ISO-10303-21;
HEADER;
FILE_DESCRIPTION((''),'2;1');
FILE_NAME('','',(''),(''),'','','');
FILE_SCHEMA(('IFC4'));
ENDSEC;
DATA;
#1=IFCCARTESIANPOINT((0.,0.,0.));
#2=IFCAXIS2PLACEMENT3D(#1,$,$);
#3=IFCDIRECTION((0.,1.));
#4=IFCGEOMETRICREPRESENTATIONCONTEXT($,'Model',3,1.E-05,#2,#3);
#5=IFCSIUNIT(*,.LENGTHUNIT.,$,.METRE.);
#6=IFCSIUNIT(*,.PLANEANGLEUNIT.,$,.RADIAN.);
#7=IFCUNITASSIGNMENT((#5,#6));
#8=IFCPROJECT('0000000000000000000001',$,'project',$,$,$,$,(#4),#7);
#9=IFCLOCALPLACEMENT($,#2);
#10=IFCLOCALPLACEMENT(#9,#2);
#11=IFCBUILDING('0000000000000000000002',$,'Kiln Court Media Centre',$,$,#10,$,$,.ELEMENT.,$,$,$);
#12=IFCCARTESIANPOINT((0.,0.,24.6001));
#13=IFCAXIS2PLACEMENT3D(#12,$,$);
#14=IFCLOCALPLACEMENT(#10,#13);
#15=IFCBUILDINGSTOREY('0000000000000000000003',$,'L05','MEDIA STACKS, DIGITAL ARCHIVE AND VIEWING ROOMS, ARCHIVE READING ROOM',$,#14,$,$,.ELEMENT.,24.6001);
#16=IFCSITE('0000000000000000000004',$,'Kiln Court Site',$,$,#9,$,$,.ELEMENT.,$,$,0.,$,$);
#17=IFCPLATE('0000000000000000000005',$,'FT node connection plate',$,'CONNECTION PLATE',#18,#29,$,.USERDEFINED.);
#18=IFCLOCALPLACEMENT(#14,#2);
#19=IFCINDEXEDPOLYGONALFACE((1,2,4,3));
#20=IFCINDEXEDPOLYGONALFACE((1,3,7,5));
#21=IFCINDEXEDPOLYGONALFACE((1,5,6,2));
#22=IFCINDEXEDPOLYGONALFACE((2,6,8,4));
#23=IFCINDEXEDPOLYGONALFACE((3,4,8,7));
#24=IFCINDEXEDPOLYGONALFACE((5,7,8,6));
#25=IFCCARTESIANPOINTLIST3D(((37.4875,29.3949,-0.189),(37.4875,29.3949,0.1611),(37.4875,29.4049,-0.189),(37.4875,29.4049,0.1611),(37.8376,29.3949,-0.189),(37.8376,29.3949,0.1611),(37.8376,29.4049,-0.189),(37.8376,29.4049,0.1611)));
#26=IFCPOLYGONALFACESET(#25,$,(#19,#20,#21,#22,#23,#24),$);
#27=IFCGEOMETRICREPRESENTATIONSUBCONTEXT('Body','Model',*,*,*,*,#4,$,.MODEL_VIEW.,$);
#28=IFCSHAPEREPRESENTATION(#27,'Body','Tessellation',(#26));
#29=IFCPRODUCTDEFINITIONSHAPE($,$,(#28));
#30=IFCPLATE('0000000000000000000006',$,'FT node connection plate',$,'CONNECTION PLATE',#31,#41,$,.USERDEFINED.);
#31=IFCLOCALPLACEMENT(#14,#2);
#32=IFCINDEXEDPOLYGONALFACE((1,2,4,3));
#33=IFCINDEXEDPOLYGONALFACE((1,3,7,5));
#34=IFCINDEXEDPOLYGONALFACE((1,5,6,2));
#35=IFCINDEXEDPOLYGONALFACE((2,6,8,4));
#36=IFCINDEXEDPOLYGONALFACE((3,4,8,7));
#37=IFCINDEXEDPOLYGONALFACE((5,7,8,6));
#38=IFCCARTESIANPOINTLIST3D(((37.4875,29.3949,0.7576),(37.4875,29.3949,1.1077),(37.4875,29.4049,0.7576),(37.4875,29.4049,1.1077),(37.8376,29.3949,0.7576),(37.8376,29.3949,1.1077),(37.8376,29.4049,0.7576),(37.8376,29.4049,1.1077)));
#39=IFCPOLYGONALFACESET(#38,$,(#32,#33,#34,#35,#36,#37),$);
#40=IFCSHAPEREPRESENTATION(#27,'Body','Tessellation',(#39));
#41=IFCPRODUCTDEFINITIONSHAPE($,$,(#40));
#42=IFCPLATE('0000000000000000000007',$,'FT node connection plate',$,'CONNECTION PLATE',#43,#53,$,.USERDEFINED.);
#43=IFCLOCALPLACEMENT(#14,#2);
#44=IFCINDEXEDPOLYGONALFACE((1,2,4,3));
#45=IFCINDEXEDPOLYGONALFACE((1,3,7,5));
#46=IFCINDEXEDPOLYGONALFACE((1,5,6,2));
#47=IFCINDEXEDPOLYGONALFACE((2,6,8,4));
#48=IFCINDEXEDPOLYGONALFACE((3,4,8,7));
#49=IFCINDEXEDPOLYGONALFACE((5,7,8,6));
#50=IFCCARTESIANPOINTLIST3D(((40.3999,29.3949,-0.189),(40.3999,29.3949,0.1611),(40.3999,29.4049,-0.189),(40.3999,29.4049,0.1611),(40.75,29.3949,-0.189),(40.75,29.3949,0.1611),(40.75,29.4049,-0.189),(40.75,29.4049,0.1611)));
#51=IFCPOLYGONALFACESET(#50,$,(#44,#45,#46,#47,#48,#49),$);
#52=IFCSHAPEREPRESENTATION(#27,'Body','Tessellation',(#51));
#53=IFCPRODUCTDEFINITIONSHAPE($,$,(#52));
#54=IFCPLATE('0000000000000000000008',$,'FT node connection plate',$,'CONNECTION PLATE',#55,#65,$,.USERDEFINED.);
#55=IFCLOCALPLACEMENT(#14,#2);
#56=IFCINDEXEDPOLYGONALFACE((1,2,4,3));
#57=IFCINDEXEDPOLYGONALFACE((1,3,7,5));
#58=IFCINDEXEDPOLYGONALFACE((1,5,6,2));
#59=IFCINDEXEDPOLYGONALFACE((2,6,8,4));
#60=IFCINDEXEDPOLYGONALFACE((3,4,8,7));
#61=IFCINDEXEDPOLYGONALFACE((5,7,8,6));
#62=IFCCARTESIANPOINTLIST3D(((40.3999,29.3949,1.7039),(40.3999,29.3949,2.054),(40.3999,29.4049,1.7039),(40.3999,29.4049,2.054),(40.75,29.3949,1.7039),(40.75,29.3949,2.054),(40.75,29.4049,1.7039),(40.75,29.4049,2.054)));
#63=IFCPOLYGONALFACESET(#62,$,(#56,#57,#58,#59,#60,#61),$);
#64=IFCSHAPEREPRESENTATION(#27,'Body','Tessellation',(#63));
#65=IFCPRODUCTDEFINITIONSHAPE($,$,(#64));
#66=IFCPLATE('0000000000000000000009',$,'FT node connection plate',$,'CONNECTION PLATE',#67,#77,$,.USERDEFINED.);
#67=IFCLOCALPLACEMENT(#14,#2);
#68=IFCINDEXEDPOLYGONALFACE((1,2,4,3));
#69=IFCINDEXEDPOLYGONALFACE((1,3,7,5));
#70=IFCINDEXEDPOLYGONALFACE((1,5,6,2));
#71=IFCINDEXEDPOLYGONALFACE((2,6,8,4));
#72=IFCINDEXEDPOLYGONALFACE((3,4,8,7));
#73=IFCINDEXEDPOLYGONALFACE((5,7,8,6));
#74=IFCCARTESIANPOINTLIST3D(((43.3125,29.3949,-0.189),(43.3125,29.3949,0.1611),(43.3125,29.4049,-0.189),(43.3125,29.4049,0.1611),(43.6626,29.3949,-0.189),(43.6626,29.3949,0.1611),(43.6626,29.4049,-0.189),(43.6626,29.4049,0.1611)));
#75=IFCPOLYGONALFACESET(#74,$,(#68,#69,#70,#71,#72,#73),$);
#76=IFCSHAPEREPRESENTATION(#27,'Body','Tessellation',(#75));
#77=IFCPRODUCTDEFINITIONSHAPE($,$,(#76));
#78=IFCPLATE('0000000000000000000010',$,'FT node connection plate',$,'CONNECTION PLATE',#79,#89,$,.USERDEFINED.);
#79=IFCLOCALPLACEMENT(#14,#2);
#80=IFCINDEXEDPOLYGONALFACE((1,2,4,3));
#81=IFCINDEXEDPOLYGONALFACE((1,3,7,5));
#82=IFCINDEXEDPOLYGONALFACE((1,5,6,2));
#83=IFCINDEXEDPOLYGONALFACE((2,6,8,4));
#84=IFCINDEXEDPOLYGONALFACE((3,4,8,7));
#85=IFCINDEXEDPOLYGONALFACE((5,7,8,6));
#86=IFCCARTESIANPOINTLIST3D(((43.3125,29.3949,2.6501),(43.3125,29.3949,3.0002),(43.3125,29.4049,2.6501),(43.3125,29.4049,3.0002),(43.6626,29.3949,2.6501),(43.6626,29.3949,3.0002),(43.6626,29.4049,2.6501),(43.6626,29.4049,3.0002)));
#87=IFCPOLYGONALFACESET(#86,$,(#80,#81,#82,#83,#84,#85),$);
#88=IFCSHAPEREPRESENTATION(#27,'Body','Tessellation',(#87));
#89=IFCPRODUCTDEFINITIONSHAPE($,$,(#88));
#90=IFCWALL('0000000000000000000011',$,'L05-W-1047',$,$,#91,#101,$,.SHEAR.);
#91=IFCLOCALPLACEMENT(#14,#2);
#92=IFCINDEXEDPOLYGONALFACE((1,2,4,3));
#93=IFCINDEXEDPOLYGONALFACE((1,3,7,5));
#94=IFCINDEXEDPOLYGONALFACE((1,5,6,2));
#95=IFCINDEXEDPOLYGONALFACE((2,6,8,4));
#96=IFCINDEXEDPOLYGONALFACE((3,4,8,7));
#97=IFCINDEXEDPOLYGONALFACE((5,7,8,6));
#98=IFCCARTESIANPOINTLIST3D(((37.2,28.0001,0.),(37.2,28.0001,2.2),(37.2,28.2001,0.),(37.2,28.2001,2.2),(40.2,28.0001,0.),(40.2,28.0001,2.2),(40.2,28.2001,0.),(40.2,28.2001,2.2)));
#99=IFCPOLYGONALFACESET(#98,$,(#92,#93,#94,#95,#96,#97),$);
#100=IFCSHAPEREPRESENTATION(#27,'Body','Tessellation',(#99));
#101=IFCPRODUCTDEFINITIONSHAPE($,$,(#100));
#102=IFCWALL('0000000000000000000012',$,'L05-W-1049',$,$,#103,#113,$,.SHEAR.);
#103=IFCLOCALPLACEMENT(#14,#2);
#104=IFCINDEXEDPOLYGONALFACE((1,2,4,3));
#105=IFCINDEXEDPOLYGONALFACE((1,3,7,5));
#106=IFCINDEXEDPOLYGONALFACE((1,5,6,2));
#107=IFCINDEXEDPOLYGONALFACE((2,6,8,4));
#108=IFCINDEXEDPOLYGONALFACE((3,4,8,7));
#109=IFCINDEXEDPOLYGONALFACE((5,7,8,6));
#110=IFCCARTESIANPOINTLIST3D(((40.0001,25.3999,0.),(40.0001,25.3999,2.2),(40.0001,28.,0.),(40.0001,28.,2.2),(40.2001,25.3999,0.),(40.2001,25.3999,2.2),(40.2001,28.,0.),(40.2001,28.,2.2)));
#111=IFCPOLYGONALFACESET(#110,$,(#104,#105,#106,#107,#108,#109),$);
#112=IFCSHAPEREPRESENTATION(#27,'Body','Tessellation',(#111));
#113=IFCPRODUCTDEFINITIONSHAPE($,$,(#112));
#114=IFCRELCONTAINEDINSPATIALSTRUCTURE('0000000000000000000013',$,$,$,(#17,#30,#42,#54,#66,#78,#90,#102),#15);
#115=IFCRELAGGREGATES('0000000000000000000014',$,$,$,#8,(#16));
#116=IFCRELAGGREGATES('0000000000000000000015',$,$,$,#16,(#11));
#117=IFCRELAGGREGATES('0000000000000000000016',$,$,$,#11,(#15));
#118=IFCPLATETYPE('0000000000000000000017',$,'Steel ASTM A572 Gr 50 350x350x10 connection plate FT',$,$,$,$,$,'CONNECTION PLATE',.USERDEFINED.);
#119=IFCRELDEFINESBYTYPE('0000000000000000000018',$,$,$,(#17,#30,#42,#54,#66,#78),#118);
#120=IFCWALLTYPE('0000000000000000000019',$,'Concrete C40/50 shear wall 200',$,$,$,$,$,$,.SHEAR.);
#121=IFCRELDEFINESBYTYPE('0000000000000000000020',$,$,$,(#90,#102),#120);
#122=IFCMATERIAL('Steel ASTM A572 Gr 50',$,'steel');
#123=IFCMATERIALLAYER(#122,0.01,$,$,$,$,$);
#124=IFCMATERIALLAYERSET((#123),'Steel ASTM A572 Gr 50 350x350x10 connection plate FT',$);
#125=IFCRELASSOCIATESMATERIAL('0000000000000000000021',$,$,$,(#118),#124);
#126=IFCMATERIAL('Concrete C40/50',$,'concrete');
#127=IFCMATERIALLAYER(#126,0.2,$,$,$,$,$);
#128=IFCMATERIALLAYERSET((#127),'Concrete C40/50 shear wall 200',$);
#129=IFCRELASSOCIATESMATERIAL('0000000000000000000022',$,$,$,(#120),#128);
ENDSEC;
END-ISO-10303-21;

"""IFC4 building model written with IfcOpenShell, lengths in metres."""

from ifc_helpers import new_model, si_unit, direction, frame, frame_2d, origin, origin_2d, place, context, subcontext, project, spatial, rectangle, extrude, material, layer, layer_set, type_object, element, save


model = new_model("IFC4")

# Units and contexts
model_context = context("Model", 3, precision=1e-05, world=origin(), true_north=direction((0.0, 1.0)))
body_context = subcontext(model_context, "Body", "Model", "MODEL_VIEW")
ifc_project = project(units=[si_unit("LENGTHUNIT", "METRE"), si_unit("PLANEANGLEUNIT", "RADIAN")], contexts=[model_context])

# Site, building, storey
site_placement = place(None, origin())
site = spatial("IfcSite", under=ifc_project, at=site_placement, Name="Kiln Court Site", CompositionType="ELEMENT", RefElevation=0.0)
building_placement = place(site_placement, origin())
building = spatial("IfcBuilding", under=site, at=building_placement, Name="Kiln Court Media Centre", CompositionType="ELEMENT")
storey_placement = place(building_placement, frame((0.0, 0.0, 24.6001)))
storey = spatial("IfcBuildingStorey", under=building, at=storey_placement, Name="L05", Description="MEDIA STACKS, DIGITAL ARCHIVE AND VIEWING ROOMS, ARCHIVE READING ROOM", CompositionType="ELEMENT", Elevation=24.6001)

# Plates
ifc_material_1 = material(Name="Steel ASTM A572 Gr 50", Category="steel")
ifc_layer_1 = layer(ifc_material_1, 0.01)
ifc_layer_set_1 = layer_set([ifc_layer_1], Name="Steel ASTM A572 Gr 50 350x350x10 connection plate FT")
plate_type_1 = type_object("IfcPlateType", Name="Steel ASTM A572 Gr 50 350x350x10 connection plate FT", ElementType="CONNECTION PLATE", PredefinedType="USERDEFINED", material=ifc_layer_set_1)
for number, where, z_axis, x_axis, name in (
    (1, (37.6626, 29.3999, -0.189), (0.0, 0.0, 1.0), (1.0, 0.0, 0.0), "FT node connection plate"),
    (2, (37.6626, 29.3999, 0.7576), (0.0, 0.0, 1.0), (1.0, 0.0, 0.0), "FT node connection plate"),
    (3, (40.575, 29.3999, -0.189), (0.0, 0.0, 1.0), (1.0, 0.0, 0.0), "FT node connection plate"),
    (4, (40.575, 29.3999, 1.7039), (0.0, 0.0, 1.0), (1.0, 0.0, 0.0), "FT node connection plate"),
    (5, (43.4875, 29.3999, -0.189), (0.0, 0.0, 1.0), (1.0, 0.0, 0.0), "FT node connection plate"),
    (6, (43.4875, 29.3999, 2.6501), (0.0, 0.0, 1.0), (1.0, 0.0, 0.0), "FT node connection plate"),
):
    element("IfcPlate", number, at=place(storey_placement, frame(where, z_axis=z_axis, x_axis=x_axis)), inside=storey, type_object=plate_type_1, Name=name, ObjectType="CONNECTION PLATE", PredefinedType="USERDEFINED", context=body_context, shape_type="SweptSolid", body=[
        extrude(rectangle(XDim=0.3501, YDim=0.01, at=origin_2d()), origin(), (0.0, 0.0, 1.0), 0.3501),
    ])

# Walls
ifc_material_2 = material(Name="Concrete C40/50", Category="concrete")
ifc_layer_2 = layer(ifc_material_2, 0.2)
ifc_layer_set_2 = layer_set([ifc_layer_2], Name="Concrete C40/50 shear wall 200")
wall_type = type_object("IfcWallType", Name="Concrete C40/50 shear wall 200", PredefinedType="SHEAR", material=ifc_layer_set_2)
wall_1_placement = place(storey_placement, frame((37.2, 28.1001, 0.0), z_axis=(0.0, 0.0, 1.0), x_axis=(1.0, 0.0, 0.0)))
element("IfcWall", 7, at=wall_1_placement, inside=storey, type_object=wall_type, Name="L05-W-1047", PredefinedType="SHEAR", context=body_context, shape_type="SweptSolid", body=[
    extrude(rectangle(XDim=3.0, YDim=0.2, at=frame_2d((1.5, 0.0))), origin(), (0.0, 0.0, 1.0), 2.2),
])
wall_2_placement = place(storey_placement, frame((40.1001, 28.0, 0.0), z_axis=(0.0, 0.0, 1.0), x_axis=(0.0, -1.0, 0.0)))
element("IfcWall", 8, at=wall_2_placement, inside=storey, type_object=wall_type, Name="L05-W-1049", PredefinedType="SHEAR", context=body_context, shape_type="SweptSolid", body=[
    extrude(rectangle(XDim=2.6001, YDim=0.2, at=frame_2d((1.3, 0.0))), origin(), (0.0, 0.0, 1.0), 2.2),
])

save(model, "model.ifc")
